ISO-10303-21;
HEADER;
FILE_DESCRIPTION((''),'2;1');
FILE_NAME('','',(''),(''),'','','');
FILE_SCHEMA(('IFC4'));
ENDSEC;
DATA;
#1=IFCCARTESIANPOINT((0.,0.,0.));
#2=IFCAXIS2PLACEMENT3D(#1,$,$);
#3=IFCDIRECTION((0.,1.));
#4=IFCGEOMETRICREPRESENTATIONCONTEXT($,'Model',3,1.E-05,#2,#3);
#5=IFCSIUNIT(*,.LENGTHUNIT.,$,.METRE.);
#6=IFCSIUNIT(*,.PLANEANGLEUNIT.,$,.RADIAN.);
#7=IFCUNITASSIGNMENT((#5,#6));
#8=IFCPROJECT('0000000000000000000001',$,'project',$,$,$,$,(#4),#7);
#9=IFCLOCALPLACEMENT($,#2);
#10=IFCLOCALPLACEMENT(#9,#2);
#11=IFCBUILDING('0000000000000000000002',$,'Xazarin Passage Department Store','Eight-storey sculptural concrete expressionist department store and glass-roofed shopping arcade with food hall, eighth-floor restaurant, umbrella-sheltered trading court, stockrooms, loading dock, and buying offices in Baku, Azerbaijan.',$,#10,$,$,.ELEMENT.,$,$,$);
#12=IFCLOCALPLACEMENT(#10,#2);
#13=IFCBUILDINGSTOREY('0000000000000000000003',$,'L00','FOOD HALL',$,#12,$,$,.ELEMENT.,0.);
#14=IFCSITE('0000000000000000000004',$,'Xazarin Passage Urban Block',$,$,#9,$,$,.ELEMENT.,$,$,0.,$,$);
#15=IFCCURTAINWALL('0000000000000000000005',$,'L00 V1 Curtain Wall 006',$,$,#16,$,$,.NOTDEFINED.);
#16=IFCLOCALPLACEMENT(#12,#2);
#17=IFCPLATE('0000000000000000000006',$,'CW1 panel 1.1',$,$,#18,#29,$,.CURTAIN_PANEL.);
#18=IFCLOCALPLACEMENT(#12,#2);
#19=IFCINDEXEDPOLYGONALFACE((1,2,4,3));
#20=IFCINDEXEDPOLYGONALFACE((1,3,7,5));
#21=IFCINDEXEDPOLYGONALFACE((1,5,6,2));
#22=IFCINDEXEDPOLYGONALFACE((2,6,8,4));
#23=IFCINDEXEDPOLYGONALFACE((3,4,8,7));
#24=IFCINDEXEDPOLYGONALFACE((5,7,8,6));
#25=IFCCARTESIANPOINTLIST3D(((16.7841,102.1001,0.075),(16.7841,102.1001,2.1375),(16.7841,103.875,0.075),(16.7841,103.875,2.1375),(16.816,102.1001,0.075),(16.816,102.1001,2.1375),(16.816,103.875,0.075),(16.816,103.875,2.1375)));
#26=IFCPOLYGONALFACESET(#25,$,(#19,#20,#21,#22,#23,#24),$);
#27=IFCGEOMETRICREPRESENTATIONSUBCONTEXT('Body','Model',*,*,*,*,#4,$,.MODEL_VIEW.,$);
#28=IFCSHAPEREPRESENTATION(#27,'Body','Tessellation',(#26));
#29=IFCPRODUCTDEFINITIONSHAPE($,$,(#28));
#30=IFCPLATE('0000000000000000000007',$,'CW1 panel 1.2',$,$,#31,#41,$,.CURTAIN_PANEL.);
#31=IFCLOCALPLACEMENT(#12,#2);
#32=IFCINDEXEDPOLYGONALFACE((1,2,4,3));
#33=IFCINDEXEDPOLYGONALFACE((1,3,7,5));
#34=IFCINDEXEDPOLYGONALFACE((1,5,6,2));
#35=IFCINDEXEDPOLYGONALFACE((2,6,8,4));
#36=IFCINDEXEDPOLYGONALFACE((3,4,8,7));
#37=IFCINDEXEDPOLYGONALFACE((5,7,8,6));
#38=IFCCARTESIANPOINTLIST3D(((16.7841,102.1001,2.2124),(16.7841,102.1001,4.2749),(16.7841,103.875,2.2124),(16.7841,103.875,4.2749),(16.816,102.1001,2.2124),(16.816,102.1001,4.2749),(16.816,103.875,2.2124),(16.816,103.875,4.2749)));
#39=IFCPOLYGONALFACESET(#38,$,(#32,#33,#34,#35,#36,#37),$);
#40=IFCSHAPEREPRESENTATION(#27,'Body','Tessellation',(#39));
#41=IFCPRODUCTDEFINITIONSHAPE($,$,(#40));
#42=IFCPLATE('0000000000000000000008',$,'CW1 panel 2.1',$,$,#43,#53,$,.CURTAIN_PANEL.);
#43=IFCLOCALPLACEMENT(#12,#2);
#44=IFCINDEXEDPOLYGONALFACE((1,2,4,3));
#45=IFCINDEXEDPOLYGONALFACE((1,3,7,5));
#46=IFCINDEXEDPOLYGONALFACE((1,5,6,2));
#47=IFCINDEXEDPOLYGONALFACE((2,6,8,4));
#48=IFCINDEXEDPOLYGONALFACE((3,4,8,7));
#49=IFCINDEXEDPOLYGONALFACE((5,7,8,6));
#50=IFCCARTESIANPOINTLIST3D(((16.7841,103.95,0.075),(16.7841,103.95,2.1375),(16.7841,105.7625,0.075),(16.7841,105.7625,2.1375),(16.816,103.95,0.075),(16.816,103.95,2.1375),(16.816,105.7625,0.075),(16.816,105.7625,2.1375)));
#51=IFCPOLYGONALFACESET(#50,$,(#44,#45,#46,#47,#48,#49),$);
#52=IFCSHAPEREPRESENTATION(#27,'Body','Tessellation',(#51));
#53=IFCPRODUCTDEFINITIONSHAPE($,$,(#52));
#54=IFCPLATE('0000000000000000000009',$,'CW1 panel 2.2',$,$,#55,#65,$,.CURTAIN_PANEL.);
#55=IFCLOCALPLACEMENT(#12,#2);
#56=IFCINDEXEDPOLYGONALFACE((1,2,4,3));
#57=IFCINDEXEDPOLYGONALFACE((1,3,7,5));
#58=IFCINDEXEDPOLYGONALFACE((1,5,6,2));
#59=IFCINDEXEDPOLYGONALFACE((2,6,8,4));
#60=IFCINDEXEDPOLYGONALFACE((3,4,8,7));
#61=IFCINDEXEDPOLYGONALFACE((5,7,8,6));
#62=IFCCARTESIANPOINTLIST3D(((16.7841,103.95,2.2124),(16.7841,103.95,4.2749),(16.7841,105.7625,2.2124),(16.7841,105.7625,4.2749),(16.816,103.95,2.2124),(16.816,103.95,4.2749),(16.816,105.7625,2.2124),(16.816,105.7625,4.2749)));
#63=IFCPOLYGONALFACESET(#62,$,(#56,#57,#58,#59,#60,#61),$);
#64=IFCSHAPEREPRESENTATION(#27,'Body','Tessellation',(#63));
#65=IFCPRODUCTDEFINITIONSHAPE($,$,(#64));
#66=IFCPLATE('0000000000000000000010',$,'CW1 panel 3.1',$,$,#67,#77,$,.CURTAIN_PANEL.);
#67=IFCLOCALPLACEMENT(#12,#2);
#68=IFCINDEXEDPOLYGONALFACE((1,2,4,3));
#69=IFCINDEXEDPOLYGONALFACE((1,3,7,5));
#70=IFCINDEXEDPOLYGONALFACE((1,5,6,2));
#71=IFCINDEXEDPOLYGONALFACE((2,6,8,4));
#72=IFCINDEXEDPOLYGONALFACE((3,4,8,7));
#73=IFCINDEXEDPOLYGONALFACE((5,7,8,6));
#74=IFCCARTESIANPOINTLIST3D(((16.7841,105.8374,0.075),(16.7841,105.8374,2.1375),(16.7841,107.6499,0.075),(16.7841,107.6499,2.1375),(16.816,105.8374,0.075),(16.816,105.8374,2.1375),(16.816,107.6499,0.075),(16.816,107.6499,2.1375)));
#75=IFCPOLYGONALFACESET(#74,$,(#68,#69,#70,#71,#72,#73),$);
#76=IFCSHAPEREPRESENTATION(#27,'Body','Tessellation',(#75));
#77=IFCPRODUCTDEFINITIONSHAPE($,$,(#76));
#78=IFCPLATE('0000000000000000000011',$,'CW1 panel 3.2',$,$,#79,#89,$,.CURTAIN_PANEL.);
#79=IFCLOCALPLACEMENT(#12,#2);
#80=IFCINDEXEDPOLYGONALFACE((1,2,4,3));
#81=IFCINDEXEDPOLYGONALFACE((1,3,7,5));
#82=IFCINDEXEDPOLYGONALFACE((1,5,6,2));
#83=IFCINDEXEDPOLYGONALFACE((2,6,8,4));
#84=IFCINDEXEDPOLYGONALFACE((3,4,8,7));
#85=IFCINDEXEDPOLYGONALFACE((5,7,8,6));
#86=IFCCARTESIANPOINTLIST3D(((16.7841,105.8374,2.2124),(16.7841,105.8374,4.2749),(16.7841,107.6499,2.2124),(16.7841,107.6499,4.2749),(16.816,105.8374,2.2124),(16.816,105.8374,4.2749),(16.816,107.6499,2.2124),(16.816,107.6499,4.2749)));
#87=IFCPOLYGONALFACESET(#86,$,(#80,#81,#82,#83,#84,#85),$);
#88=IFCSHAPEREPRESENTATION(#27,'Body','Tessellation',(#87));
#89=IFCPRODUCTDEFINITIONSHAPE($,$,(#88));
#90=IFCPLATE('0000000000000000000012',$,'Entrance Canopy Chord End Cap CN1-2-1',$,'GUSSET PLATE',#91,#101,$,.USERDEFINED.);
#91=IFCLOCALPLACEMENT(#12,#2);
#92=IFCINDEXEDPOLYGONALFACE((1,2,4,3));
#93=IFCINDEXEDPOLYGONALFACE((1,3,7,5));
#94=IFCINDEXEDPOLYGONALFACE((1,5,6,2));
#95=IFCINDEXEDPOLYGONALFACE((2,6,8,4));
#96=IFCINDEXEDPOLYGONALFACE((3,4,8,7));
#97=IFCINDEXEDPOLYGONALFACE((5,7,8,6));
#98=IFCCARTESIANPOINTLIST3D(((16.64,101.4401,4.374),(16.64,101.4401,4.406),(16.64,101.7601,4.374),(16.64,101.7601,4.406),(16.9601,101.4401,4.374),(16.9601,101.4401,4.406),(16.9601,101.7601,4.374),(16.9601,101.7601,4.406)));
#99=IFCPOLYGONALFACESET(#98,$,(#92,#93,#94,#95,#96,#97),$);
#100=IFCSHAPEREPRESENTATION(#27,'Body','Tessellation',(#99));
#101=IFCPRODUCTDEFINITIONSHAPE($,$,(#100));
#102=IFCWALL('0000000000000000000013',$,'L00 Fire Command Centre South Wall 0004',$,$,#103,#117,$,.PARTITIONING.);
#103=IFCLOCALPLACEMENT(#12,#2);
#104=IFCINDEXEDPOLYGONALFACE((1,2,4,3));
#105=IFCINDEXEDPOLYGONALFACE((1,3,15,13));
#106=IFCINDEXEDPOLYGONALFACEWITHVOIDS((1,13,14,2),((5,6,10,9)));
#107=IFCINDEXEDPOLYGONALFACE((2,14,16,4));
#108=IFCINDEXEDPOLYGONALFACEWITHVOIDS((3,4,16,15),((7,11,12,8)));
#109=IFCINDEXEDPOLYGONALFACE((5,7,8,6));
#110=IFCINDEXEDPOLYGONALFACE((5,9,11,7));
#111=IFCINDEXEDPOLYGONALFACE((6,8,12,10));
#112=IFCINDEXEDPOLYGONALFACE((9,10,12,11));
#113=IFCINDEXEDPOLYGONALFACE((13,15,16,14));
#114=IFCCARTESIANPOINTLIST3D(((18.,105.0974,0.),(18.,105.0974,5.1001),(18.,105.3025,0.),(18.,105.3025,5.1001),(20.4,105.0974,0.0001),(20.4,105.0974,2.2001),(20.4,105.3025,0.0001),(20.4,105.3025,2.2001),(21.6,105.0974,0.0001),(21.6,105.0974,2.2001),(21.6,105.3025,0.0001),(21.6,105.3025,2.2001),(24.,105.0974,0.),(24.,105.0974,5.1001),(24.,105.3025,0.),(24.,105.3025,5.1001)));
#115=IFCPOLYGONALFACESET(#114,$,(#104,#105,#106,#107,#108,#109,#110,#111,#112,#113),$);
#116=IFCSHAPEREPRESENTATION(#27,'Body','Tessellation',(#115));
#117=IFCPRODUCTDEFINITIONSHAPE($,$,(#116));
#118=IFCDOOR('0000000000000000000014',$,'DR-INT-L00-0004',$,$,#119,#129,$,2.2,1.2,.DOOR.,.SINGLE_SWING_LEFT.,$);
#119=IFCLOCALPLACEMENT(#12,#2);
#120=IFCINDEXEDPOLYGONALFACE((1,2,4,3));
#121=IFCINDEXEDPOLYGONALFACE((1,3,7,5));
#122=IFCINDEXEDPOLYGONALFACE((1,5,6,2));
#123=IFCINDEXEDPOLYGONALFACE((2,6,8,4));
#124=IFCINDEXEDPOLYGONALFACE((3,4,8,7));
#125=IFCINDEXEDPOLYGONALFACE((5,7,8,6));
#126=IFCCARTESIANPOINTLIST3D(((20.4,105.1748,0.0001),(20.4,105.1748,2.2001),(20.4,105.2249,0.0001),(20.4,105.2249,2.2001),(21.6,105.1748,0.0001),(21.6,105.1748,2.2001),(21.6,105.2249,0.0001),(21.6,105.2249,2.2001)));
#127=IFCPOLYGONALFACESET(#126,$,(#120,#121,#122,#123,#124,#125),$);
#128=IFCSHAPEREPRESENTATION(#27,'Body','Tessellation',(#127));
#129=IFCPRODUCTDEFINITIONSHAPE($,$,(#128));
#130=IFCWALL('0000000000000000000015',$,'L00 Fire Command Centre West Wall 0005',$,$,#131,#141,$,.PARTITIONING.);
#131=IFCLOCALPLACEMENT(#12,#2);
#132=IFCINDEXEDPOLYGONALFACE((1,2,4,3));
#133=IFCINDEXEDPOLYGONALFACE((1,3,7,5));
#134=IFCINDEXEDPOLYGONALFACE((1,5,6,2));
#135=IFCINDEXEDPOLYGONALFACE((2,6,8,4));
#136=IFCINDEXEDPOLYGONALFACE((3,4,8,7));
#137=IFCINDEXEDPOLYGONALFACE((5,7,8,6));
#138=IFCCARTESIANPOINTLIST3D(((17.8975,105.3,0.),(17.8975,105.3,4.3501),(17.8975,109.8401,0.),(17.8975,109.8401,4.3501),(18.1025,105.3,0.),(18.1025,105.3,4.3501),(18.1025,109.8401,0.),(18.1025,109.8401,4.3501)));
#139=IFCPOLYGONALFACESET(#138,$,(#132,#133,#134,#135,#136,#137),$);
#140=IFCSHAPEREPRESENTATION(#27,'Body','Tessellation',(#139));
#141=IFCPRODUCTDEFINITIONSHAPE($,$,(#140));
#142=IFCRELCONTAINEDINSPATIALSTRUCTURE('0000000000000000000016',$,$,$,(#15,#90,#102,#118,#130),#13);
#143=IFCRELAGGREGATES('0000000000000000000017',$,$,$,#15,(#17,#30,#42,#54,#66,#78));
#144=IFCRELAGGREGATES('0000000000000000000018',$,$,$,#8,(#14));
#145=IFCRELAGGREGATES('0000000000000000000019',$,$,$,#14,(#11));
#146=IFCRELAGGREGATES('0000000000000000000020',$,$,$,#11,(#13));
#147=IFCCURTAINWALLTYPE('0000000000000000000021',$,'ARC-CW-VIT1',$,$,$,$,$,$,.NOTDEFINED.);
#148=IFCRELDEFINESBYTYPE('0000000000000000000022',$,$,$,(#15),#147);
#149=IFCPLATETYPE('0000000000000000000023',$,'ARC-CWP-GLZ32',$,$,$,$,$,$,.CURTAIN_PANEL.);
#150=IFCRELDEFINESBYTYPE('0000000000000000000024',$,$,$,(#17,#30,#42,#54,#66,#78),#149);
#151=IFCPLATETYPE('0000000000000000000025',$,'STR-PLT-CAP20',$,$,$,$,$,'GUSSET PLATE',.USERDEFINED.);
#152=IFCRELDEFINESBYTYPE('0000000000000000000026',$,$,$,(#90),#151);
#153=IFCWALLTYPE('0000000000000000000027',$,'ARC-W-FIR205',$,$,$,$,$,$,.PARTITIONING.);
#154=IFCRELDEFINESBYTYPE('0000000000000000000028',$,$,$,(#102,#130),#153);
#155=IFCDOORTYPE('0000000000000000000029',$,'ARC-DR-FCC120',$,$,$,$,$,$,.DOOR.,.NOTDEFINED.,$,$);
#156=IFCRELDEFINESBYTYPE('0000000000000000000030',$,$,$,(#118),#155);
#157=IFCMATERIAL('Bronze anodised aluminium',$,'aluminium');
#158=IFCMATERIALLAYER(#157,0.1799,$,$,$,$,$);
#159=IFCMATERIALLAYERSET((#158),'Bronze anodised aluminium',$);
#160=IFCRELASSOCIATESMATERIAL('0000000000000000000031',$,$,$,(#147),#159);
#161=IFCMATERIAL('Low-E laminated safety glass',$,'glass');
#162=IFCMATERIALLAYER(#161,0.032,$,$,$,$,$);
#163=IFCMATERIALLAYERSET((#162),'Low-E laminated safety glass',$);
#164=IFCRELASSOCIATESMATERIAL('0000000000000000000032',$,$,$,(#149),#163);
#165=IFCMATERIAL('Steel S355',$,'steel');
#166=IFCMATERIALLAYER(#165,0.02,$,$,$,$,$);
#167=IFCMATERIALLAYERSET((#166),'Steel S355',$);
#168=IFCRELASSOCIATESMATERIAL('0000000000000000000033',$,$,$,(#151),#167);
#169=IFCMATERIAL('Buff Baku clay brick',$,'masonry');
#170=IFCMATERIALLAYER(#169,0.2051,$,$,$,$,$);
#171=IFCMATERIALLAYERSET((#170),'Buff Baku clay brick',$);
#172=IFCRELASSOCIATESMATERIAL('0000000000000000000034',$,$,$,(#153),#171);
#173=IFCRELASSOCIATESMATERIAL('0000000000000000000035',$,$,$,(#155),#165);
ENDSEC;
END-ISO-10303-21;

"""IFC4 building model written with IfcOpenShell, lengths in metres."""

from ifc_helpers import new_model, si_unit, direction, frame, frame_2d, origin, origin_2d, place, context, subcontext, project, spatial, rectangle, extrude, material, layer, layer_set, type_object, element, fill, aggregate, save


model = new_model("IFC4")

# Units and contexts
model_context = context("Model", 3, precision=1e-05, world=origin(), true_north=direction((0.0, 1.0)))
body_context = subcontext(model_context, "Body", "Model", "MODEL_VIEW")
ifc_project = project(units=[si_unit("LENGTHUNIT", "METRE"), si_unit("PLANEANGLEUNIT", "RADIAN")], contexts=[model_context])

# Site, building, storey
site_placement = place(None, origin())
site = spatial("IfcSite", under=ifc_project, at=site_placement, Name="Xazarin Passage Urban Block", CompositionType="ELEMENT", RefElevation=0.0)
building_placement = place(site_placement, origin())
building = spatial("IfcBuilding", under=site, at=building_placement, Name="Xazarin Passage Department Store", Description="Eight-storey sculptural concrete expressionist department store and glass-roofed shopping arcade with food hall, eighth-floor restaurant, umbrella-sheltered trading court, stockrooms, loading dock, and buying offices in Baku, Azerbaijan.", CompositionType="ELEMENT")
storey_placement = place(building_placement, origin())
storey = spatial("IfcBuildingStorey", under=building, at=storey_placement, Name="L00", Description="FOOD HALL", CompositionType="ELEMENT", Elevation=0.0)

# Curtain wall, plates
ifc_material_1 = material(Name="Bronze anodised aluminium", Category="aluminium")
ifc_layer_1 = layer(ifc_material_1, 0.1799)
ifc_layer_set_1 = layer_set([ifc_layer_1], Name="Bronze anodised aluminium")
curtain_wall_type = type_object("IfcCurtainWallType", Name="ARC-CW-VIT1", PredefinedType="NOTDEFINED", material=ifc_layer_set_1)
curtain_wall_placement = place(storey_placement, origin())
curtain_wall = element("IfcCurtainWall", 1, at=curtain_wall_placement, inside=storey, type_object=curtain_wall_type, Name="L00 V1 Curtain Wall 006", PredefinedType="NOTDEFINED")
ifc_material_2 = material(Name="Low-E laminated safety glass", Category="glass")
ifc_layer_2 = layer(ifc_material_2, 0.032)
ifc_layer_set_2 = layer_set([ifc_layer_2], Name="Low-E laminated safety glass")
plate_type_1 = type_object("IfcPlateType", Name="ARC-CWP-GLZ32", PredefinedType="CURTAIN_PANEL", material=ifc_layer_set_2)
plate_1_placement = place(storey_placement, frame((16.8, 102.9875, 0.075), z_axis=(0.0, 0.0, 1.0), x_axis=(0.0, 1.0, 0.0)))
plate_1 = element("IfcPlate", 2, at=plate_1_placement, type_object=plate_type_1, Name="CW1 panel 1.1", PredefinedType="CURTAIN_PANEL", context=body_context, shape_type="SweptSolid", body=[
    extrude(rectangle(XDim=1.7749, YDim=0.032, at=origin_2d()), origin(), (0.0, 0.0, 1.0), 2.0625),
])
plate_2_placement = place(storey_placement, frame((16.8, 102.9875, 2.2124), z_axis=(0.0, 0.0, 1.0), x_axis=(0.0, 1.0, 0.0)))
plate_2 = element("IfcPlate", 3, at=plate_2_placement, type_object=plate_type_1, Name="CW1 panel 1.2", PredefinedType="CURTAIN_PANEL", context=body_context, shape_type="SweptSolid", body=[
    extrude(rectangle(XDim=1.7749, YDim=0.032, at=origin_2d()), origin(), (0.0, 0.0, 1.0), 2.0625),
])
plate_3_placement = place(storey_placement, frame((16.8, 104.8562, 0.075), z_axis=(0.0, 0.0, 1.0), x_axis=(0.0, 1.0, 0.0)))
plate_3 = element("IfcPlate", 4, at=plate_3_placement, type_object=plate_type_1, Name="CW1 panel 2.1", PredefinedType="CURTAIN_PANEL", context=body_context, shape_type="SweptSolid", body=[
    extrude(rectangle(XDim=1.8125, YDim=0.032, at=origin_2d()), origin(), (0.0, 0.0, 1.0), 2.0625),
])
plate_4_placement = place(storey_placement, frame((16.8, 104.8562, 2.2124), z_axis=(0.0, 0.0, 1.0), x_axis=(0.0, 1.0, 0.0)))
plate_4 = element("IfcPlate", 5, at=plate_4_placement, type_object=plate_type_1, Name="CW1 panel 2.2", PredefinedType="CURTAIN_PANEL", context=body_context, shape_type="SweptSolid", body=[
    extrude(rectangle(XDim=1.8125, YDim=0.032, at=origin_2d()), origin(), (0.0, 0.0, 1.0), 2.0625),
])
plate_5_placement = place(storey_placement, frame((16.8, 106.7437, 0.075), z_axis=(0.0, 0.0, 1.0), x_axis=(0.0, 1.0, 0.0)))
plate_5 = element("IfcPlate", 6, at=plate_5_placement, type_object=plate_type_1, Name="CW1 panel 3.1", PredefinedType="CURTAIN_PANEL", context=body_context, shape_type="SweptSolid", body=[
    extrude(rectangle(XDim=1.8125, YDim=0.032, at=origin_2d()), origin(), (0.0, 0.0, 1.0), 2.0625),
])
plate_6_placement = place(storey_placement, frame((16.8, 106.7437, 2.2124), z_axis=(0.0, 0.0, 1.0), x_axis=(0.0, 1.0, 0.0)))
plate_6 = element("IfcPlate", 7, at=plate_6_placement, type_object=plate_type_1, Name="CW1 panel 3.2", PredefinedType="CURTAIN_PANEL", context=body_context, shape_type="SweptSolid", body=[
    extrude(rectangle(XDim=1.8125, YDim=0.032, at=origin_2d()), origin(), (0.0, 0.0, 1.0), 2.0625),
])
aggregate(curtain_wall, [plate_1, plate_2, plate_3, plate_4, plate_5, plate_6])

# Plate
ifc_material_3 = material(Name="Steel S355", Category="steel")
ifc_layer_3 = layer(ifc_material_3, 0.02)
ifc_layer_set_3 = layer_set([ifc_layer_3], Name="Steel S355")
plate_type_2 = type_object("IfcPlateType", Name="STR-PLT-CAP20", ElementType="GUSSET PLATE", PredefinedType="USERDEFINED", material=ifc_layer_set_3)
plate_7_placement = place(storey_placement, frame((16.8, 101.6001, 4.374), z_axis=(0.0, 0.0, 1.0), x_axis=(1.0, 0.0, 0.0)))
element("IfcPlate", 8, at=plate_7_placement, inside=storey, type_object=plate_type_2, Name="Entrance Canopy Chord End Cap CN1-2-1", ObjectType="GUSSET PLATE", PredefinedType="USERDEFINED", context=body_context, shape_type="SweptSolid", body=[
    extrude(rectangle(XDim=0.3201, YDim=0.3201, at=origin_2d()), origin(), (0.0, 0.0, 1.0), 0.032),
])

# Wall, opening, door
ifc_material_4 = material(Name="Buff Baku clay brick", Category="masonry")
ifc_layer_4 = layer(ifc_material_4, 0.2051)
ifc_layer_set_4 = layer_set([ifc_layer_4], Name="Buff Baku clay brick")
wall_type = type_object("IfcWallType", Name="ARC-W-FIR205", PredefinedType="PARTITIONING", material=ifc_layer_set_4)
wall_1_placement = place(storey_placement, frame((18.0, 105.2, 0.0), z_axis=(0.0, 0.0, 1.0), x_axis=(1.0, 0.0, 0.0)))
wall_1 = element("IfcWall", 9, at=wall_1_placement, inside=storey, type_object=wall_type, Name="L00 Fire Command Centre South Wall 0004", PredefinedType="PARTITIONING", context=body_context, shape_type="SweptSolid", body=[
    extrude(rectangle(XDim=6.0, YDim=0.2051, at=frame_2d((3.0, 0.0))), origin(), (0.0, 0.0, 1.0), 5.1001),
])
opening_placement = place(wall_1_placement, frame((2.3999, 0.0, 0.0)))
opening = element("IfcOpeningElement", 10, at=opening_placement, cuts=wall_1, PredefinedType="OPENING", context=body_context, shape_type="SweptSolid", body=[
    extrude(rectangle(XDim=1.2, YDim=2.2, at=frame_2d((0.6001, 1.1001))), frame((0.0, 0.1125, 0.0), z_axis=(0.0, -1.0, 0.0), x_axis=(1.0, 0.0, 0.0)), (0.0, 0.0, 1.0), 0.2251),
])
door_type = type_object("IfcDoorType", Name="ARC-DR-FCC120", OperationType="NOTDEFINED", PredefinedType="DOOR", material=ifc_material_3)
door_placement = place(opening_placement, origin())
door = element("IfcDoor", 11, at=door_placement, inside=storey, type_object=door_type, Name="DR-INT-L00-0004", OperationType="SINGLE_SWING_LEFT", OverallHeight=2.2, OverallWidth=1.2, PredefinedType="DOOR", context=body_context, shape_type="SweptSolid", body=[
    extrude(rectangle(XDim=1.2, YDim=2.2, at=frame_2d((0.6001, 1.1001))), frame((0.0, 0.0249, 0.0), z_axis=(0.0, -1.0, 0.0), x_axis=(1.0, 0.0, 0.0)), (0.0, 0.0, 1.0), 0.05),
])
fill(opening, door)

# Wall
wall_2_placement = place(storey_placement, frame((18.0, 105.3, 0.0), z_axis=(0.0, 0.0, 1.0), x_axis=(0.0, 1.0, 0.0)))
element("IfcWall", 12, at=wall_2_placement, inside=storey, type_object=wall_type, Name="L00 Fire Command Centre West Wall 0005", PredefinedType="PARTITIONING", context=body_context, shape_type="SweptSolid", body=[
    extrude(rectangle(XDim=4.54, YDim=0.2051, at=frame_2d((2.27, 0.0))), origin(), (0.0, 0.0, 1.0), 4.3501),
])

save(model, "model.ifc")
